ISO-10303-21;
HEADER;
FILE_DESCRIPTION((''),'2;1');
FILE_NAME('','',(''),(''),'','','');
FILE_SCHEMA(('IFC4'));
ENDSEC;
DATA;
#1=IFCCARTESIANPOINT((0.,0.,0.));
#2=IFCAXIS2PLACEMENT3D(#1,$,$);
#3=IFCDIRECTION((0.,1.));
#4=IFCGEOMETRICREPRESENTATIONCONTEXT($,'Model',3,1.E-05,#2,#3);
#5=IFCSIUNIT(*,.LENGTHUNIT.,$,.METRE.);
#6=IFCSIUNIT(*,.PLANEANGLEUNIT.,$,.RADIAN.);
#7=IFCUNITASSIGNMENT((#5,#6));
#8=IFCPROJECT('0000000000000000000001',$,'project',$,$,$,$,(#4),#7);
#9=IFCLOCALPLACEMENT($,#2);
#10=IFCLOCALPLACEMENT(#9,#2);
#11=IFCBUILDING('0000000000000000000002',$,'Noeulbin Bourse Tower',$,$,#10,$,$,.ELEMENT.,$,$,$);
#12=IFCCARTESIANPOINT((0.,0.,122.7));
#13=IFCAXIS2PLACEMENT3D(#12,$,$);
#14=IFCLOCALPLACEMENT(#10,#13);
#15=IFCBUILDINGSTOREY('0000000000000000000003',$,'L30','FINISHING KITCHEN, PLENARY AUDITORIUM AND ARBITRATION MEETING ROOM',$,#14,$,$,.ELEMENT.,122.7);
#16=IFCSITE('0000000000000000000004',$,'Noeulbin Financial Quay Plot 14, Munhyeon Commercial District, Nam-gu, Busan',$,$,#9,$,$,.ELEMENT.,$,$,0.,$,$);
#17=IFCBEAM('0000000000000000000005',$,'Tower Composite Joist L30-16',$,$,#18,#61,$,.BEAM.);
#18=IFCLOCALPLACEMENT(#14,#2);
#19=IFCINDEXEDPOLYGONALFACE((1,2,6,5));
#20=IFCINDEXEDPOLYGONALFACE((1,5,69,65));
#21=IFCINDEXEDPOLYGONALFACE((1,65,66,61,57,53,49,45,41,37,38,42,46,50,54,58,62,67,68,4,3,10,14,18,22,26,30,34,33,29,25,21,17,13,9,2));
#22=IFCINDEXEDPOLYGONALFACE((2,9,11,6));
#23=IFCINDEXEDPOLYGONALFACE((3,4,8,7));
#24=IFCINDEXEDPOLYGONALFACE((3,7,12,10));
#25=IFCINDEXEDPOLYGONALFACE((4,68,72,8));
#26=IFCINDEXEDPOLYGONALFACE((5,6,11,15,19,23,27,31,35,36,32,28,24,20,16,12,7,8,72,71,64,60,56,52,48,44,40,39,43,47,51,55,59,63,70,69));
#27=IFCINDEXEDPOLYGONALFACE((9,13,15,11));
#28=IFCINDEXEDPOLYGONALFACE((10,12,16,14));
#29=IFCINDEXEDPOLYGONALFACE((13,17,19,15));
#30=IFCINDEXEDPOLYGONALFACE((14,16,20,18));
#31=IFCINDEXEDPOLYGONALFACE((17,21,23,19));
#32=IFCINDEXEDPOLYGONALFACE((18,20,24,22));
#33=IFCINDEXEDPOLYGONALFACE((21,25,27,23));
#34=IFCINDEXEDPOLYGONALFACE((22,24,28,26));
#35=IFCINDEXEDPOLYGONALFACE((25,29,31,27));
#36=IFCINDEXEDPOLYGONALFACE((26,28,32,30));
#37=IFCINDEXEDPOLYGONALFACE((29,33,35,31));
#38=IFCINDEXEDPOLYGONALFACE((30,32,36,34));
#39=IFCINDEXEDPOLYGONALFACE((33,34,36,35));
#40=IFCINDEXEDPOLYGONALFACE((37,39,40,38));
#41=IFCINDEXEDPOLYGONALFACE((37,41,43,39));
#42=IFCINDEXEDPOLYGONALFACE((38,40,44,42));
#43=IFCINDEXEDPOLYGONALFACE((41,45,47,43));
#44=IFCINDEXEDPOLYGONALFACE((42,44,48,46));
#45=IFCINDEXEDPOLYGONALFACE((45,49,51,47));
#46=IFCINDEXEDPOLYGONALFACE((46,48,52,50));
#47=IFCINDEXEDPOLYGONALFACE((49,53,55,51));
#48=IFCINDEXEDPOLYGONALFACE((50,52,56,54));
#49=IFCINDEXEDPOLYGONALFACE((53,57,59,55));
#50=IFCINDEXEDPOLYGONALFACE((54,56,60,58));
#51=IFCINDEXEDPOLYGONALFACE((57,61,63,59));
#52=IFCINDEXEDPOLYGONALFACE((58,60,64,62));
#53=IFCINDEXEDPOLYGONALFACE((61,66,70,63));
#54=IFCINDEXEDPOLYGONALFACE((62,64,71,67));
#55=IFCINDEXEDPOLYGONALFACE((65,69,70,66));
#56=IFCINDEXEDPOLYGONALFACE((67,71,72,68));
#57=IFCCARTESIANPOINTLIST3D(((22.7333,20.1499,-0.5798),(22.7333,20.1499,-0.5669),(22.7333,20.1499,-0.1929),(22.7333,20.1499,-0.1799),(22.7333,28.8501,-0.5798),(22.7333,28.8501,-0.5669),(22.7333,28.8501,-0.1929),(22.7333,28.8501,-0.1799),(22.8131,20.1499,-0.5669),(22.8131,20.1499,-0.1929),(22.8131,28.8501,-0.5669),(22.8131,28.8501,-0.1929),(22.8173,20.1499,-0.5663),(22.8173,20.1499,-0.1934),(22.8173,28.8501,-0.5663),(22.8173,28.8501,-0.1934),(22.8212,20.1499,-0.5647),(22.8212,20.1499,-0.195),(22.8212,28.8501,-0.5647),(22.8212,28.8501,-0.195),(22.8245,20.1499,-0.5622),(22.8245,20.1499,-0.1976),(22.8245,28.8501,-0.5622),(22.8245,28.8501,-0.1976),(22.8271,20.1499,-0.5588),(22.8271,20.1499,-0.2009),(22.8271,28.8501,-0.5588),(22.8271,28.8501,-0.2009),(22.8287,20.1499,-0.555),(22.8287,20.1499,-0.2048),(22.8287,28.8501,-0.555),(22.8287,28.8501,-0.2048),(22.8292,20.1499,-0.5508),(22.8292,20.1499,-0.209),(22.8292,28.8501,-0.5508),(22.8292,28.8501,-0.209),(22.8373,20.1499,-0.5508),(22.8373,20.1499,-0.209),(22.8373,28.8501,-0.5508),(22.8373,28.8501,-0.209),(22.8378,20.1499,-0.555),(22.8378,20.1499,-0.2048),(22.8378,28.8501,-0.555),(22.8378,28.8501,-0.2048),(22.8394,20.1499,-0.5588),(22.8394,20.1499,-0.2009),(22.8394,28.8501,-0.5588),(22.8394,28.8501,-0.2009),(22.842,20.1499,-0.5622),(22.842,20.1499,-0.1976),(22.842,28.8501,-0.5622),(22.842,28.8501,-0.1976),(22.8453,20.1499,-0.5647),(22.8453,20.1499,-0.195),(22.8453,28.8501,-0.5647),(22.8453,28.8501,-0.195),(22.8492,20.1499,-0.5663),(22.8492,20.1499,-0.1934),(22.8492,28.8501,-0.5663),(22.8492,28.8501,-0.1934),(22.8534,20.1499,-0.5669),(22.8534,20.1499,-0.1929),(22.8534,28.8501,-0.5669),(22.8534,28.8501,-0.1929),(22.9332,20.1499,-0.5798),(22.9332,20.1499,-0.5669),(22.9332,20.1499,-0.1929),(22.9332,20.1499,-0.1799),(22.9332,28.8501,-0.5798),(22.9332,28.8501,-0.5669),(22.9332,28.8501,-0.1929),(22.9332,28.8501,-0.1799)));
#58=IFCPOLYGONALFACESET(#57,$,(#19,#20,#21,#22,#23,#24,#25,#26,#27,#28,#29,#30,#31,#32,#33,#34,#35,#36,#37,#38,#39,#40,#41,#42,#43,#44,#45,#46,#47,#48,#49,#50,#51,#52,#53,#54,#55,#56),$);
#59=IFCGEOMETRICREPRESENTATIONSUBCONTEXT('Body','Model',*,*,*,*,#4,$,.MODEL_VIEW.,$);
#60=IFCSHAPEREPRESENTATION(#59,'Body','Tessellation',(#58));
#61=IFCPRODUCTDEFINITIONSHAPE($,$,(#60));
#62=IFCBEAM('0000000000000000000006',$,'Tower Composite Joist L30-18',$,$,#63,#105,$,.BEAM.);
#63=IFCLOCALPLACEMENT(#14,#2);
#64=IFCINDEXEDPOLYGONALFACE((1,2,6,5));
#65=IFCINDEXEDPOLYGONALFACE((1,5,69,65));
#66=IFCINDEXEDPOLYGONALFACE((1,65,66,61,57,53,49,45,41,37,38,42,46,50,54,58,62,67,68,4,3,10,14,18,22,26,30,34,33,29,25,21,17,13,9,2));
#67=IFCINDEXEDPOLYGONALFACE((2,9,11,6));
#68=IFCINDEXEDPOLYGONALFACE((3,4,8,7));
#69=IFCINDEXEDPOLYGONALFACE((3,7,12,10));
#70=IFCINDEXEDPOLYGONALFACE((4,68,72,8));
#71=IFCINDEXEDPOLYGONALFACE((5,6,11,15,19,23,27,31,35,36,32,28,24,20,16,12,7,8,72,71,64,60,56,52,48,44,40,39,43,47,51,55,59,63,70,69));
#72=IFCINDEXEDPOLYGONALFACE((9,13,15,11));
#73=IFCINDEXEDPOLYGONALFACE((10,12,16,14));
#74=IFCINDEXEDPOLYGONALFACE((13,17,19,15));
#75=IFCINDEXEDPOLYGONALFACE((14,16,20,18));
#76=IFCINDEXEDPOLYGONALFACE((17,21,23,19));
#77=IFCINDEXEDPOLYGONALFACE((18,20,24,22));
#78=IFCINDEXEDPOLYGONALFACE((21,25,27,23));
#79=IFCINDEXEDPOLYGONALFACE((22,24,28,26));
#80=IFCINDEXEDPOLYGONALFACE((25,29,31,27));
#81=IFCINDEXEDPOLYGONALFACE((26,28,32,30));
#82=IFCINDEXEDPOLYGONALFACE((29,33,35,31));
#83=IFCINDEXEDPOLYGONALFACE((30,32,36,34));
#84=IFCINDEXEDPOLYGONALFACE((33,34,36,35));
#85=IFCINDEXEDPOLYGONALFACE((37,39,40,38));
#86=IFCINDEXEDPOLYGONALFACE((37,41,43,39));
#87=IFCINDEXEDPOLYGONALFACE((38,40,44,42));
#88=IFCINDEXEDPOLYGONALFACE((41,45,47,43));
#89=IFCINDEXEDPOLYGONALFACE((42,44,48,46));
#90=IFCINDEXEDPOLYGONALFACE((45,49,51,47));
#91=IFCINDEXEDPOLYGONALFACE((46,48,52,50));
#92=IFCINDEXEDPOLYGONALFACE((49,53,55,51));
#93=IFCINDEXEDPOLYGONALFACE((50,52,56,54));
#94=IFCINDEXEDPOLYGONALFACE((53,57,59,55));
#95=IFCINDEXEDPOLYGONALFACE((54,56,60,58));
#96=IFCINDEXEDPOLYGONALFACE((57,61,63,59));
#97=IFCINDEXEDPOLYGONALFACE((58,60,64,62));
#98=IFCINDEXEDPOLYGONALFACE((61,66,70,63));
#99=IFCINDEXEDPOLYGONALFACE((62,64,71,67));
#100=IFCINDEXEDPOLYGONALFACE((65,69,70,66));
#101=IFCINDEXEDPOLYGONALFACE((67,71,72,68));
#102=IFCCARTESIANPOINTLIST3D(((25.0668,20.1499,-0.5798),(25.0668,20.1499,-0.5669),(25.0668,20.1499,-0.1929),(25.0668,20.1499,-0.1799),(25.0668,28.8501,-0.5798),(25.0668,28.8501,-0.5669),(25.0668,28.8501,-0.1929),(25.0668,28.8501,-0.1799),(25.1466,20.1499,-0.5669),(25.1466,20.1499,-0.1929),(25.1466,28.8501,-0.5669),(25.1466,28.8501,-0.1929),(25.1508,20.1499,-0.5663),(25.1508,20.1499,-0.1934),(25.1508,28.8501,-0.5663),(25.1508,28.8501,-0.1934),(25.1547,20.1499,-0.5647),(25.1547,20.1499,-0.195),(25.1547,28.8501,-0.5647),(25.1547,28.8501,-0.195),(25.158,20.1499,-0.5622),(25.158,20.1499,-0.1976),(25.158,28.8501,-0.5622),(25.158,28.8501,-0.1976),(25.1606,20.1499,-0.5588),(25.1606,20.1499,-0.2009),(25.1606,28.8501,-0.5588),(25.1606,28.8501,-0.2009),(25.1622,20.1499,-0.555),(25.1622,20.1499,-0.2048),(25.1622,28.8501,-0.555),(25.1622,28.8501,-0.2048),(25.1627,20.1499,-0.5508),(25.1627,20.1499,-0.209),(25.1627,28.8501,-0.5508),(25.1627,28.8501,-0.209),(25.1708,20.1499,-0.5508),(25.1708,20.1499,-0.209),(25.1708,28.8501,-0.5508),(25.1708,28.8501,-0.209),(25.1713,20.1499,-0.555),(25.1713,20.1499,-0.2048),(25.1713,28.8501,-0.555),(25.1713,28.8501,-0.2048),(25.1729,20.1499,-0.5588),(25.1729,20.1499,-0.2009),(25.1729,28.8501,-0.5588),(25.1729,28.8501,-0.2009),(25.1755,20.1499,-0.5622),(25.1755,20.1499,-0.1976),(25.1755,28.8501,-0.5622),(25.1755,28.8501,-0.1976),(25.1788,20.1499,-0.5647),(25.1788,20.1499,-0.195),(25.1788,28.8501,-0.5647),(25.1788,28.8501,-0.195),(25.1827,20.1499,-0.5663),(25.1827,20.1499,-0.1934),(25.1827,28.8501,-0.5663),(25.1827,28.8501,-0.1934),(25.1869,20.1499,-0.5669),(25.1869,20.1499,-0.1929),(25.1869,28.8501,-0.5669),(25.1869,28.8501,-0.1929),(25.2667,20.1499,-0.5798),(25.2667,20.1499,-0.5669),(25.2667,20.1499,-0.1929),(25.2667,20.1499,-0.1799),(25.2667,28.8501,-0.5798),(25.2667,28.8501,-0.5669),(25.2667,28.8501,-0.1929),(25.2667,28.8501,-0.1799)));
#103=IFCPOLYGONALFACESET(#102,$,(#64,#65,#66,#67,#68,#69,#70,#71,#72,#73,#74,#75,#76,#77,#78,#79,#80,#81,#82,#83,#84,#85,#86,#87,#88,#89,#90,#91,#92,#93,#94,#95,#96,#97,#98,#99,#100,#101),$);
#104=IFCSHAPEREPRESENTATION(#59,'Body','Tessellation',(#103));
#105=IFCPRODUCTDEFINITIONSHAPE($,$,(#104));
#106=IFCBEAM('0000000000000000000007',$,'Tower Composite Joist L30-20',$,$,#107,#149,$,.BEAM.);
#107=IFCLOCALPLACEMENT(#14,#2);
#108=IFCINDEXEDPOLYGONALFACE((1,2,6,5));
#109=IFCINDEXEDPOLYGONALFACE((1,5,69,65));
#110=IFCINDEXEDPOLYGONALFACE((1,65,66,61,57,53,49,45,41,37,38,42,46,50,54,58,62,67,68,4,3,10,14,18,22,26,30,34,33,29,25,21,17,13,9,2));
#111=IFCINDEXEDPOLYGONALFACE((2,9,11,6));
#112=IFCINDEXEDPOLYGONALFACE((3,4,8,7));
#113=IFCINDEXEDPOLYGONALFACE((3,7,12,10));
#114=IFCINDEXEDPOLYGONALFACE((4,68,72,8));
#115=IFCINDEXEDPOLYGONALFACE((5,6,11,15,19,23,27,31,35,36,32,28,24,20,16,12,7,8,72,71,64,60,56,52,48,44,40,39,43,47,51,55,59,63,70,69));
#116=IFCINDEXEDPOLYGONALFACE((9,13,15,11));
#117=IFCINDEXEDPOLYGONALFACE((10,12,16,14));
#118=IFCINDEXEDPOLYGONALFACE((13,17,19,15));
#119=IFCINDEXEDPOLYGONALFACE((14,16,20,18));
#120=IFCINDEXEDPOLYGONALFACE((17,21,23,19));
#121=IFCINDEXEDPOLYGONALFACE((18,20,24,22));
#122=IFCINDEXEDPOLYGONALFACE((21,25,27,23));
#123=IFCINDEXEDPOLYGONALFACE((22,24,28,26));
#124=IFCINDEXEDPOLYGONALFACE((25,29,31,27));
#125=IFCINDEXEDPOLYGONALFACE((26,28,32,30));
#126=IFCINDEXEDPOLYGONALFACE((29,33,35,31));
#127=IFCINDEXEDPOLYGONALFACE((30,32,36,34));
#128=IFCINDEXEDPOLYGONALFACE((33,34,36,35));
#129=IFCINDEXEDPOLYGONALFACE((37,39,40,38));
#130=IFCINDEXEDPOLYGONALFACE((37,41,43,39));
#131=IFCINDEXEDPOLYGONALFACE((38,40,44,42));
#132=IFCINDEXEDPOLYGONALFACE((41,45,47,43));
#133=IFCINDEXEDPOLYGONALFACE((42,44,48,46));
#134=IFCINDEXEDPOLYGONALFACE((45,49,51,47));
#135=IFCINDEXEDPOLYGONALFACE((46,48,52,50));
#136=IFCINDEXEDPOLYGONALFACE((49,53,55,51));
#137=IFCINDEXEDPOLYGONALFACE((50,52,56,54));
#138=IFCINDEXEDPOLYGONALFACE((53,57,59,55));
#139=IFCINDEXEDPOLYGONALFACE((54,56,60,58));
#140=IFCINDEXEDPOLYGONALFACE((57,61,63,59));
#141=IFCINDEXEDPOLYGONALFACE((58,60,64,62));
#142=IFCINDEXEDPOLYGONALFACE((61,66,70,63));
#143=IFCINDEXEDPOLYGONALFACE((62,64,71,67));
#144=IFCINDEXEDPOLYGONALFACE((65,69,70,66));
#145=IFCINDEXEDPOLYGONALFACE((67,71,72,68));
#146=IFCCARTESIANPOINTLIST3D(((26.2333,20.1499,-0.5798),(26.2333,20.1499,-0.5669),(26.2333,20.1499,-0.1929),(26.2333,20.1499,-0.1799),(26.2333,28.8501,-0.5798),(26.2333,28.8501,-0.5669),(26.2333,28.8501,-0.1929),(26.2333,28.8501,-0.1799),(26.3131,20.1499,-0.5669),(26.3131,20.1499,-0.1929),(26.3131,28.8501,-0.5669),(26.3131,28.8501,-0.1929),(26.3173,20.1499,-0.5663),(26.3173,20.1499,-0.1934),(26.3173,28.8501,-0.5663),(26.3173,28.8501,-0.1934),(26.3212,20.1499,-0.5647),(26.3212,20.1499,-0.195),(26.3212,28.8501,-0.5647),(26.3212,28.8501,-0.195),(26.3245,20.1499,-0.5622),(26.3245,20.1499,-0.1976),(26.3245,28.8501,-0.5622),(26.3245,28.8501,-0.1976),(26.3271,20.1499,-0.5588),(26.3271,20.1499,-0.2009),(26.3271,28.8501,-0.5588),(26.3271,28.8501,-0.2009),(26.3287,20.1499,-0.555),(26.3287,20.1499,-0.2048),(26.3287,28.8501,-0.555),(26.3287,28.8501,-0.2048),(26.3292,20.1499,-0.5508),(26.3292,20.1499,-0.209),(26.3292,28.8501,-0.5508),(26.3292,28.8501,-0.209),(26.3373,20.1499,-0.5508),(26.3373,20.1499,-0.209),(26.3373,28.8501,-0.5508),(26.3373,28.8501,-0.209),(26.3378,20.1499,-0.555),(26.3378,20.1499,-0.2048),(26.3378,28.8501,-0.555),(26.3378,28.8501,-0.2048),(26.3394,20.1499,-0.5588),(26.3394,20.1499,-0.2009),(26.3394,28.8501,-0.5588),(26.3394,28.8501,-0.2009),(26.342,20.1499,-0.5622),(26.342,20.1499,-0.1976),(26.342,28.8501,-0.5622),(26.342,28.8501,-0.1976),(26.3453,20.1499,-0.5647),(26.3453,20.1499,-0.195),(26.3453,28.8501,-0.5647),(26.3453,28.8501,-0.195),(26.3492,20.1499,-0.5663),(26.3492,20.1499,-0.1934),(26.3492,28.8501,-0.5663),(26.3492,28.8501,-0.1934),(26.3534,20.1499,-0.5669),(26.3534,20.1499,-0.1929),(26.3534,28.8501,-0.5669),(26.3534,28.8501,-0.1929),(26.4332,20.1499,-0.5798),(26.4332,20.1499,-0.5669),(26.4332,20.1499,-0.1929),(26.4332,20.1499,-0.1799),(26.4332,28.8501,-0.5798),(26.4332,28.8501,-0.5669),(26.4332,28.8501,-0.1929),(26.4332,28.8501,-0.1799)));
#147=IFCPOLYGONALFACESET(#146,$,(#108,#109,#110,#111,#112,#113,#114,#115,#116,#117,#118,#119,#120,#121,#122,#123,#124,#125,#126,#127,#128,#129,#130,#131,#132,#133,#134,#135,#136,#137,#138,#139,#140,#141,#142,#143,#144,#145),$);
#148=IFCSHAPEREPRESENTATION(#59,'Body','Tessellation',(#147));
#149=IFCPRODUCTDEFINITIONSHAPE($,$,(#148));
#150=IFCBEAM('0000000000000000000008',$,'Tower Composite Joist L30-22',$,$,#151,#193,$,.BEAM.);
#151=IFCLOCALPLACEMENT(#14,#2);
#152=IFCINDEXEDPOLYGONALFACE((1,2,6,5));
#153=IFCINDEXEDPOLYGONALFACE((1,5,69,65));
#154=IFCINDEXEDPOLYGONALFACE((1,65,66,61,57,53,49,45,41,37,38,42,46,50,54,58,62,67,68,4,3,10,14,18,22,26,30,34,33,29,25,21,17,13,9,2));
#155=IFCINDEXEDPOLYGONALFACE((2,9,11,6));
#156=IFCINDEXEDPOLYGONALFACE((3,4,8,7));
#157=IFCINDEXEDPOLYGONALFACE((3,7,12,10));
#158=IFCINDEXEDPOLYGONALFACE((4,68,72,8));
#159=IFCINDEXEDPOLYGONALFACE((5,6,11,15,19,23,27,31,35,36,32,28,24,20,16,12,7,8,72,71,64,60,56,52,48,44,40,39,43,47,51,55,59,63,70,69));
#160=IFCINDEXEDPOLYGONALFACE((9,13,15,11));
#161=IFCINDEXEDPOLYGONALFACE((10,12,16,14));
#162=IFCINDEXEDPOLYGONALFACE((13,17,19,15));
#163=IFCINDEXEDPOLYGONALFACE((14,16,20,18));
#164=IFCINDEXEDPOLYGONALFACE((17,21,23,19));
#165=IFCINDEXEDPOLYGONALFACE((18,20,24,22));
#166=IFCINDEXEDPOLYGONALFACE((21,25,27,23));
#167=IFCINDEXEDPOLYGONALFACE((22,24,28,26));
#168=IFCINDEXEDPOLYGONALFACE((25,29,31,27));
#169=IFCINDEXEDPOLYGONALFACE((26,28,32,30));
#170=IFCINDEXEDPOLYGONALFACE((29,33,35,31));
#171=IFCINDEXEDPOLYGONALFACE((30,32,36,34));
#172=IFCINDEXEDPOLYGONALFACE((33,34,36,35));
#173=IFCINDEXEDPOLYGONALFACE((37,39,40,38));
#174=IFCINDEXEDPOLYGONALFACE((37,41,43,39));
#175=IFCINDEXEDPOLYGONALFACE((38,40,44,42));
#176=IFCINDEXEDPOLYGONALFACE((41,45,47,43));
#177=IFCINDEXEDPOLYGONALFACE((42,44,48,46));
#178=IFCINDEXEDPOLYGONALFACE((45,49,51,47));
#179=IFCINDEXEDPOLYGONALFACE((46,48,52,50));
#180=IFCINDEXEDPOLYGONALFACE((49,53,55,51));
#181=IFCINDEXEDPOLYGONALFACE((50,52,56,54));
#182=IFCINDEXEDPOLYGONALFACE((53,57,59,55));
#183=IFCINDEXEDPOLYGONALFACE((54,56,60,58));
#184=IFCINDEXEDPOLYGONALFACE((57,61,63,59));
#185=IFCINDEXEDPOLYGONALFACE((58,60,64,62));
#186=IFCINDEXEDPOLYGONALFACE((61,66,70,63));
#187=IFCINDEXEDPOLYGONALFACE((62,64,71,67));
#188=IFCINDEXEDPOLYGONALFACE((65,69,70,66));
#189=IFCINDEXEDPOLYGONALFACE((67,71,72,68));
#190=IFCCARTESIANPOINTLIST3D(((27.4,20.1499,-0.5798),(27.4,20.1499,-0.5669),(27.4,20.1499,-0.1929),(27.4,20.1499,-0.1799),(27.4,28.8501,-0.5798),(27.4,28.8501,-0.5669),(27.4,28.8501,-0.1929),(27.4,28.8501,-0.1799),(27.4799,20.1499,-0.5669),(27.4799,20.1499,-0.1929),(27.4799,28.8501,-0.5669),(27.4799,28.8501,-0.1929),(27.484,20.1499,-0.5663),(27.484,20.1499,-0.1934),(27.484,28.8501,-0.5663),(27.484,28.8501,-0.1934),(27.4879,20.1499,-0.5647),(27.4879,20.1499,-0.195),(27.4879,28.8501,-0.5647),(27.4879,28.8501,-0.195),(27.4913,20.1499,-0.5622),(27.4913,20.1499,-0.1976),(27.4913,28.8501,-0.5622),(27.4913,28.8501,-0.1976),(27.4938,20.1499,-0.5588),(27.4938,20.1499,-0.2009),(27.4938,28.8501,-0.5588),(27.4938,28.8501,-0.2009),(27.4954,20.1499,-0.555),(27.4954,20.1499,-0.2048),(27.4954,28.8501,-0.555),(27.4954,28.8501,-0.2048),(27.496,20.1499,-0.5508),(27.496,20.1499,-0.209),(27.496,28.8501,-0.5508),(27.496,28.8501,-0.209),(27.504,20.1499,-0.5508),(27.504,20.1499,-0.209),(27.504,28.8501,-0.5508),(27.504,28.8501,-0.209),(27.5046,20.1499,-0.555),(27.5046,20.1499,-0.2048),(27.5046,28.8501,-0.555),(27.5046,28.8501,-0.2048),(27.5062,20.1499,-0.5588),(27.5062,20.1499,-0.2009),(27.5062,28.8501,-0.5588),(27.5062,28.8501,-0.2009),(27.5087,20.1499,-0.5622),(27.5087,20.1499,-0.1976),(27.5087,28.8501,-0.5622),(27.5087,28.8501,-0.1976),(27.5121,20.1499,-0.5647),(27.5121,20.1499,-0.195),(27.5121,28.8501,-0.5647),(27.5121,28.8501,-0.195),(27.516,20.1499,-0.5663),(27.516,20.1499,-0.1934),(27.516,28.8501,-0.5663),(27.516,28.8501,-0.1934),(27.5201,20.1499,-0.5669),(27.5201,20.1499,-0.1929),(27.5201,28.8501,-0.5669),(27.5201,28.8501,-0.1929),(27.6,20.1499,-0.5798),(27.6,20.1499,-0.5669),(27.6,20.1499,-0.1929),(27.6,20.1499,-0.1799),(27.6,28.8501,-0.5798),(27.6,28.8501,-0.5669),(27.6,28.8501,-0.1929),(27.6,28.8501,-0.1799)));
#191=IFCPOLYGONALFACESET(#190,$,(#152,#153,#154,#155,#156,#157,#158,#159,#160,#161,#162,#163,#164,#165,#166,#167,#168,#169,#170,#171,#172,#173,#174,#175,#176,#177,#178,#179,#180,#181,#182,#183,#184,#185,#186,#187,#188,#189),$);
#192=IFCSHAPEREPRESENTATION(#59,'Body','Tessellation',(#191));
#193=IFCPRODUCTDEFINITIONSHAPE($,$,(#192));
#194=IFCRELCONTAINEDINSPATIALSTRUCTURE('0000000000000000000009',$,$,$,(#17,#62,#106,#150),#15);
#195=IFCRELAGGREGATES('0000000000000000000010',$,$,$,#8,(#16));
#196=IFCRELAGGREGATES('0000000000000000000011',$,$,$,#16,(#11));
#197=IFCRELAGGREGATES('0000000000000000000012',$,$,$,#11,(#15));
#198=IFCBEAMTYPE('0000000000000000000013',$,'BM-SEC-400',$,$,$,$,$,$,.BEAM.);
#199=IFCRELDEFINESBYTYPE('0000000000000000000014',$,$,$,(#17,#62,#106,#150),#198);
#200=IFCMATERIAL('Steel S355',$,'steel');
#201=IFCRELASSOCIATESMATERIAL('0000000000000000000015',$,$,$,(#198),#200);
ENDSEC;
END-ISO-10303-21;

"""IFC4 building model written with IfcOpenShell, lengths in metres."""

from ifc_helpers import new_model, si_unit, direction, frame, origin, origin_2d, place, context, subcontext, project, spatial, i_section, extrude, material, material_profile, profile_set, type_object, element, save


model = new_model("IFC4")

# Units and contexts
model_context = context("Model", 3, precision=1e-05, world=origin(), true_north=direction((0.0, 1.0)))
body_context = subcontext(model_context, "Body", "Model", "MODEL_VIEW")
ifc_project = project(units=[si_unit("LENGTHUNIT", "METRE"), si_unit("PLANEANGLEUNIT", "RADIAN")], contexts=[model_context])

# Site, building, storey
site_placement = place(None, origin())
site = spatial("IfcSite", under=ifc_project, at=site_placement, Name="Noeulbin Financial Quay Plot 14, Munhyeon Commercial District, Nam-gu, Busan", CompositionType="ELEMENT", RefElevation=0.0)
building_placement = place(site_placement, origin())
building = spatial("IfcBuilding", under=site, at=building_placement, Name="Noeulbin Bourse Tower", CompositionType="ELEMENT")
storey_placement = place(building_placement, frame((0.0, 0.0, 122.7)))
storey = spatial("IfcBuildingStorey", under=building, at=storey_placement, Name="L30", Description="FINISHING KITCHEN, PLENARY AUDITORIUM AND ARBITRATION MEETING ROOM", CompositionType="ELEMENT", Elevation=122.7)

# Beams
ifc_material_1 = material(Name="Steel S355", Category="steel")
ifc_material_profile_1 = material_profile(ifc_material_1, i_section(OverallWidth=0.2, OverallDepth=0.3999, WebThickness=0.0081, FlangeThickness=0.0129, FilletRadius=0.0161, at=origin_2d()), Name="H-400x200x8x13", Category="LoadBearing")
ifc_profile_set_1 = profile_set([ifc_material_profile_1], Name="Steel S355")
beam_type = type_object("IfcBeamType", Name="BM-SEC-400", PredefinedType="BEAM", material=ifc_profile_set_1)
for number, where, z_axis, x_axis, name in (
    (1, (22.8333, 20.1499, -0.3799), (0.0, 1.0, 0.0), (-1.0, 0.0, 0.0), "Tower Composite Joist L30-16"),
    (2, (25.1667, 20.1499, -0.3799), (0.0, 1.0, 0.0), (-1.0, 0.0, 0.0), "Tower Composite Joist L30-18"),
    (3, (26.3333, 20.1499, -0.3799), (0.0, 1.0, 0.0), (-1.0, 0.0, 0.0), "Tower Composite Joist L30-20"),
    (4, (27.5, 20.1499, -0.3799), (0.0, 1.0, 0.0), (-1.0, 0.0, 0.0), "Tower Composite Joist L30-22"),
):
    element("IfcBeam", number, at=place(storey_placement, frame(where, z_axis=z_axis, x_axis=x_axis)), inside=storey, type_object=beam_type, Name=name, PredefinedType="BEAM", context=body_context, shape_type="SweptSolid", body=[
        extrude(i_section(OverallWidth=0.2, OverallDepth=0.3999, WebThickness=0.0081, FlangeThickness=0.0129, FilletRadius=0.0161, at=origin_2d()), origin(), (0.0, 0.0, 1.0), 8.7002),
    ])

save(model, "model.ifc")
